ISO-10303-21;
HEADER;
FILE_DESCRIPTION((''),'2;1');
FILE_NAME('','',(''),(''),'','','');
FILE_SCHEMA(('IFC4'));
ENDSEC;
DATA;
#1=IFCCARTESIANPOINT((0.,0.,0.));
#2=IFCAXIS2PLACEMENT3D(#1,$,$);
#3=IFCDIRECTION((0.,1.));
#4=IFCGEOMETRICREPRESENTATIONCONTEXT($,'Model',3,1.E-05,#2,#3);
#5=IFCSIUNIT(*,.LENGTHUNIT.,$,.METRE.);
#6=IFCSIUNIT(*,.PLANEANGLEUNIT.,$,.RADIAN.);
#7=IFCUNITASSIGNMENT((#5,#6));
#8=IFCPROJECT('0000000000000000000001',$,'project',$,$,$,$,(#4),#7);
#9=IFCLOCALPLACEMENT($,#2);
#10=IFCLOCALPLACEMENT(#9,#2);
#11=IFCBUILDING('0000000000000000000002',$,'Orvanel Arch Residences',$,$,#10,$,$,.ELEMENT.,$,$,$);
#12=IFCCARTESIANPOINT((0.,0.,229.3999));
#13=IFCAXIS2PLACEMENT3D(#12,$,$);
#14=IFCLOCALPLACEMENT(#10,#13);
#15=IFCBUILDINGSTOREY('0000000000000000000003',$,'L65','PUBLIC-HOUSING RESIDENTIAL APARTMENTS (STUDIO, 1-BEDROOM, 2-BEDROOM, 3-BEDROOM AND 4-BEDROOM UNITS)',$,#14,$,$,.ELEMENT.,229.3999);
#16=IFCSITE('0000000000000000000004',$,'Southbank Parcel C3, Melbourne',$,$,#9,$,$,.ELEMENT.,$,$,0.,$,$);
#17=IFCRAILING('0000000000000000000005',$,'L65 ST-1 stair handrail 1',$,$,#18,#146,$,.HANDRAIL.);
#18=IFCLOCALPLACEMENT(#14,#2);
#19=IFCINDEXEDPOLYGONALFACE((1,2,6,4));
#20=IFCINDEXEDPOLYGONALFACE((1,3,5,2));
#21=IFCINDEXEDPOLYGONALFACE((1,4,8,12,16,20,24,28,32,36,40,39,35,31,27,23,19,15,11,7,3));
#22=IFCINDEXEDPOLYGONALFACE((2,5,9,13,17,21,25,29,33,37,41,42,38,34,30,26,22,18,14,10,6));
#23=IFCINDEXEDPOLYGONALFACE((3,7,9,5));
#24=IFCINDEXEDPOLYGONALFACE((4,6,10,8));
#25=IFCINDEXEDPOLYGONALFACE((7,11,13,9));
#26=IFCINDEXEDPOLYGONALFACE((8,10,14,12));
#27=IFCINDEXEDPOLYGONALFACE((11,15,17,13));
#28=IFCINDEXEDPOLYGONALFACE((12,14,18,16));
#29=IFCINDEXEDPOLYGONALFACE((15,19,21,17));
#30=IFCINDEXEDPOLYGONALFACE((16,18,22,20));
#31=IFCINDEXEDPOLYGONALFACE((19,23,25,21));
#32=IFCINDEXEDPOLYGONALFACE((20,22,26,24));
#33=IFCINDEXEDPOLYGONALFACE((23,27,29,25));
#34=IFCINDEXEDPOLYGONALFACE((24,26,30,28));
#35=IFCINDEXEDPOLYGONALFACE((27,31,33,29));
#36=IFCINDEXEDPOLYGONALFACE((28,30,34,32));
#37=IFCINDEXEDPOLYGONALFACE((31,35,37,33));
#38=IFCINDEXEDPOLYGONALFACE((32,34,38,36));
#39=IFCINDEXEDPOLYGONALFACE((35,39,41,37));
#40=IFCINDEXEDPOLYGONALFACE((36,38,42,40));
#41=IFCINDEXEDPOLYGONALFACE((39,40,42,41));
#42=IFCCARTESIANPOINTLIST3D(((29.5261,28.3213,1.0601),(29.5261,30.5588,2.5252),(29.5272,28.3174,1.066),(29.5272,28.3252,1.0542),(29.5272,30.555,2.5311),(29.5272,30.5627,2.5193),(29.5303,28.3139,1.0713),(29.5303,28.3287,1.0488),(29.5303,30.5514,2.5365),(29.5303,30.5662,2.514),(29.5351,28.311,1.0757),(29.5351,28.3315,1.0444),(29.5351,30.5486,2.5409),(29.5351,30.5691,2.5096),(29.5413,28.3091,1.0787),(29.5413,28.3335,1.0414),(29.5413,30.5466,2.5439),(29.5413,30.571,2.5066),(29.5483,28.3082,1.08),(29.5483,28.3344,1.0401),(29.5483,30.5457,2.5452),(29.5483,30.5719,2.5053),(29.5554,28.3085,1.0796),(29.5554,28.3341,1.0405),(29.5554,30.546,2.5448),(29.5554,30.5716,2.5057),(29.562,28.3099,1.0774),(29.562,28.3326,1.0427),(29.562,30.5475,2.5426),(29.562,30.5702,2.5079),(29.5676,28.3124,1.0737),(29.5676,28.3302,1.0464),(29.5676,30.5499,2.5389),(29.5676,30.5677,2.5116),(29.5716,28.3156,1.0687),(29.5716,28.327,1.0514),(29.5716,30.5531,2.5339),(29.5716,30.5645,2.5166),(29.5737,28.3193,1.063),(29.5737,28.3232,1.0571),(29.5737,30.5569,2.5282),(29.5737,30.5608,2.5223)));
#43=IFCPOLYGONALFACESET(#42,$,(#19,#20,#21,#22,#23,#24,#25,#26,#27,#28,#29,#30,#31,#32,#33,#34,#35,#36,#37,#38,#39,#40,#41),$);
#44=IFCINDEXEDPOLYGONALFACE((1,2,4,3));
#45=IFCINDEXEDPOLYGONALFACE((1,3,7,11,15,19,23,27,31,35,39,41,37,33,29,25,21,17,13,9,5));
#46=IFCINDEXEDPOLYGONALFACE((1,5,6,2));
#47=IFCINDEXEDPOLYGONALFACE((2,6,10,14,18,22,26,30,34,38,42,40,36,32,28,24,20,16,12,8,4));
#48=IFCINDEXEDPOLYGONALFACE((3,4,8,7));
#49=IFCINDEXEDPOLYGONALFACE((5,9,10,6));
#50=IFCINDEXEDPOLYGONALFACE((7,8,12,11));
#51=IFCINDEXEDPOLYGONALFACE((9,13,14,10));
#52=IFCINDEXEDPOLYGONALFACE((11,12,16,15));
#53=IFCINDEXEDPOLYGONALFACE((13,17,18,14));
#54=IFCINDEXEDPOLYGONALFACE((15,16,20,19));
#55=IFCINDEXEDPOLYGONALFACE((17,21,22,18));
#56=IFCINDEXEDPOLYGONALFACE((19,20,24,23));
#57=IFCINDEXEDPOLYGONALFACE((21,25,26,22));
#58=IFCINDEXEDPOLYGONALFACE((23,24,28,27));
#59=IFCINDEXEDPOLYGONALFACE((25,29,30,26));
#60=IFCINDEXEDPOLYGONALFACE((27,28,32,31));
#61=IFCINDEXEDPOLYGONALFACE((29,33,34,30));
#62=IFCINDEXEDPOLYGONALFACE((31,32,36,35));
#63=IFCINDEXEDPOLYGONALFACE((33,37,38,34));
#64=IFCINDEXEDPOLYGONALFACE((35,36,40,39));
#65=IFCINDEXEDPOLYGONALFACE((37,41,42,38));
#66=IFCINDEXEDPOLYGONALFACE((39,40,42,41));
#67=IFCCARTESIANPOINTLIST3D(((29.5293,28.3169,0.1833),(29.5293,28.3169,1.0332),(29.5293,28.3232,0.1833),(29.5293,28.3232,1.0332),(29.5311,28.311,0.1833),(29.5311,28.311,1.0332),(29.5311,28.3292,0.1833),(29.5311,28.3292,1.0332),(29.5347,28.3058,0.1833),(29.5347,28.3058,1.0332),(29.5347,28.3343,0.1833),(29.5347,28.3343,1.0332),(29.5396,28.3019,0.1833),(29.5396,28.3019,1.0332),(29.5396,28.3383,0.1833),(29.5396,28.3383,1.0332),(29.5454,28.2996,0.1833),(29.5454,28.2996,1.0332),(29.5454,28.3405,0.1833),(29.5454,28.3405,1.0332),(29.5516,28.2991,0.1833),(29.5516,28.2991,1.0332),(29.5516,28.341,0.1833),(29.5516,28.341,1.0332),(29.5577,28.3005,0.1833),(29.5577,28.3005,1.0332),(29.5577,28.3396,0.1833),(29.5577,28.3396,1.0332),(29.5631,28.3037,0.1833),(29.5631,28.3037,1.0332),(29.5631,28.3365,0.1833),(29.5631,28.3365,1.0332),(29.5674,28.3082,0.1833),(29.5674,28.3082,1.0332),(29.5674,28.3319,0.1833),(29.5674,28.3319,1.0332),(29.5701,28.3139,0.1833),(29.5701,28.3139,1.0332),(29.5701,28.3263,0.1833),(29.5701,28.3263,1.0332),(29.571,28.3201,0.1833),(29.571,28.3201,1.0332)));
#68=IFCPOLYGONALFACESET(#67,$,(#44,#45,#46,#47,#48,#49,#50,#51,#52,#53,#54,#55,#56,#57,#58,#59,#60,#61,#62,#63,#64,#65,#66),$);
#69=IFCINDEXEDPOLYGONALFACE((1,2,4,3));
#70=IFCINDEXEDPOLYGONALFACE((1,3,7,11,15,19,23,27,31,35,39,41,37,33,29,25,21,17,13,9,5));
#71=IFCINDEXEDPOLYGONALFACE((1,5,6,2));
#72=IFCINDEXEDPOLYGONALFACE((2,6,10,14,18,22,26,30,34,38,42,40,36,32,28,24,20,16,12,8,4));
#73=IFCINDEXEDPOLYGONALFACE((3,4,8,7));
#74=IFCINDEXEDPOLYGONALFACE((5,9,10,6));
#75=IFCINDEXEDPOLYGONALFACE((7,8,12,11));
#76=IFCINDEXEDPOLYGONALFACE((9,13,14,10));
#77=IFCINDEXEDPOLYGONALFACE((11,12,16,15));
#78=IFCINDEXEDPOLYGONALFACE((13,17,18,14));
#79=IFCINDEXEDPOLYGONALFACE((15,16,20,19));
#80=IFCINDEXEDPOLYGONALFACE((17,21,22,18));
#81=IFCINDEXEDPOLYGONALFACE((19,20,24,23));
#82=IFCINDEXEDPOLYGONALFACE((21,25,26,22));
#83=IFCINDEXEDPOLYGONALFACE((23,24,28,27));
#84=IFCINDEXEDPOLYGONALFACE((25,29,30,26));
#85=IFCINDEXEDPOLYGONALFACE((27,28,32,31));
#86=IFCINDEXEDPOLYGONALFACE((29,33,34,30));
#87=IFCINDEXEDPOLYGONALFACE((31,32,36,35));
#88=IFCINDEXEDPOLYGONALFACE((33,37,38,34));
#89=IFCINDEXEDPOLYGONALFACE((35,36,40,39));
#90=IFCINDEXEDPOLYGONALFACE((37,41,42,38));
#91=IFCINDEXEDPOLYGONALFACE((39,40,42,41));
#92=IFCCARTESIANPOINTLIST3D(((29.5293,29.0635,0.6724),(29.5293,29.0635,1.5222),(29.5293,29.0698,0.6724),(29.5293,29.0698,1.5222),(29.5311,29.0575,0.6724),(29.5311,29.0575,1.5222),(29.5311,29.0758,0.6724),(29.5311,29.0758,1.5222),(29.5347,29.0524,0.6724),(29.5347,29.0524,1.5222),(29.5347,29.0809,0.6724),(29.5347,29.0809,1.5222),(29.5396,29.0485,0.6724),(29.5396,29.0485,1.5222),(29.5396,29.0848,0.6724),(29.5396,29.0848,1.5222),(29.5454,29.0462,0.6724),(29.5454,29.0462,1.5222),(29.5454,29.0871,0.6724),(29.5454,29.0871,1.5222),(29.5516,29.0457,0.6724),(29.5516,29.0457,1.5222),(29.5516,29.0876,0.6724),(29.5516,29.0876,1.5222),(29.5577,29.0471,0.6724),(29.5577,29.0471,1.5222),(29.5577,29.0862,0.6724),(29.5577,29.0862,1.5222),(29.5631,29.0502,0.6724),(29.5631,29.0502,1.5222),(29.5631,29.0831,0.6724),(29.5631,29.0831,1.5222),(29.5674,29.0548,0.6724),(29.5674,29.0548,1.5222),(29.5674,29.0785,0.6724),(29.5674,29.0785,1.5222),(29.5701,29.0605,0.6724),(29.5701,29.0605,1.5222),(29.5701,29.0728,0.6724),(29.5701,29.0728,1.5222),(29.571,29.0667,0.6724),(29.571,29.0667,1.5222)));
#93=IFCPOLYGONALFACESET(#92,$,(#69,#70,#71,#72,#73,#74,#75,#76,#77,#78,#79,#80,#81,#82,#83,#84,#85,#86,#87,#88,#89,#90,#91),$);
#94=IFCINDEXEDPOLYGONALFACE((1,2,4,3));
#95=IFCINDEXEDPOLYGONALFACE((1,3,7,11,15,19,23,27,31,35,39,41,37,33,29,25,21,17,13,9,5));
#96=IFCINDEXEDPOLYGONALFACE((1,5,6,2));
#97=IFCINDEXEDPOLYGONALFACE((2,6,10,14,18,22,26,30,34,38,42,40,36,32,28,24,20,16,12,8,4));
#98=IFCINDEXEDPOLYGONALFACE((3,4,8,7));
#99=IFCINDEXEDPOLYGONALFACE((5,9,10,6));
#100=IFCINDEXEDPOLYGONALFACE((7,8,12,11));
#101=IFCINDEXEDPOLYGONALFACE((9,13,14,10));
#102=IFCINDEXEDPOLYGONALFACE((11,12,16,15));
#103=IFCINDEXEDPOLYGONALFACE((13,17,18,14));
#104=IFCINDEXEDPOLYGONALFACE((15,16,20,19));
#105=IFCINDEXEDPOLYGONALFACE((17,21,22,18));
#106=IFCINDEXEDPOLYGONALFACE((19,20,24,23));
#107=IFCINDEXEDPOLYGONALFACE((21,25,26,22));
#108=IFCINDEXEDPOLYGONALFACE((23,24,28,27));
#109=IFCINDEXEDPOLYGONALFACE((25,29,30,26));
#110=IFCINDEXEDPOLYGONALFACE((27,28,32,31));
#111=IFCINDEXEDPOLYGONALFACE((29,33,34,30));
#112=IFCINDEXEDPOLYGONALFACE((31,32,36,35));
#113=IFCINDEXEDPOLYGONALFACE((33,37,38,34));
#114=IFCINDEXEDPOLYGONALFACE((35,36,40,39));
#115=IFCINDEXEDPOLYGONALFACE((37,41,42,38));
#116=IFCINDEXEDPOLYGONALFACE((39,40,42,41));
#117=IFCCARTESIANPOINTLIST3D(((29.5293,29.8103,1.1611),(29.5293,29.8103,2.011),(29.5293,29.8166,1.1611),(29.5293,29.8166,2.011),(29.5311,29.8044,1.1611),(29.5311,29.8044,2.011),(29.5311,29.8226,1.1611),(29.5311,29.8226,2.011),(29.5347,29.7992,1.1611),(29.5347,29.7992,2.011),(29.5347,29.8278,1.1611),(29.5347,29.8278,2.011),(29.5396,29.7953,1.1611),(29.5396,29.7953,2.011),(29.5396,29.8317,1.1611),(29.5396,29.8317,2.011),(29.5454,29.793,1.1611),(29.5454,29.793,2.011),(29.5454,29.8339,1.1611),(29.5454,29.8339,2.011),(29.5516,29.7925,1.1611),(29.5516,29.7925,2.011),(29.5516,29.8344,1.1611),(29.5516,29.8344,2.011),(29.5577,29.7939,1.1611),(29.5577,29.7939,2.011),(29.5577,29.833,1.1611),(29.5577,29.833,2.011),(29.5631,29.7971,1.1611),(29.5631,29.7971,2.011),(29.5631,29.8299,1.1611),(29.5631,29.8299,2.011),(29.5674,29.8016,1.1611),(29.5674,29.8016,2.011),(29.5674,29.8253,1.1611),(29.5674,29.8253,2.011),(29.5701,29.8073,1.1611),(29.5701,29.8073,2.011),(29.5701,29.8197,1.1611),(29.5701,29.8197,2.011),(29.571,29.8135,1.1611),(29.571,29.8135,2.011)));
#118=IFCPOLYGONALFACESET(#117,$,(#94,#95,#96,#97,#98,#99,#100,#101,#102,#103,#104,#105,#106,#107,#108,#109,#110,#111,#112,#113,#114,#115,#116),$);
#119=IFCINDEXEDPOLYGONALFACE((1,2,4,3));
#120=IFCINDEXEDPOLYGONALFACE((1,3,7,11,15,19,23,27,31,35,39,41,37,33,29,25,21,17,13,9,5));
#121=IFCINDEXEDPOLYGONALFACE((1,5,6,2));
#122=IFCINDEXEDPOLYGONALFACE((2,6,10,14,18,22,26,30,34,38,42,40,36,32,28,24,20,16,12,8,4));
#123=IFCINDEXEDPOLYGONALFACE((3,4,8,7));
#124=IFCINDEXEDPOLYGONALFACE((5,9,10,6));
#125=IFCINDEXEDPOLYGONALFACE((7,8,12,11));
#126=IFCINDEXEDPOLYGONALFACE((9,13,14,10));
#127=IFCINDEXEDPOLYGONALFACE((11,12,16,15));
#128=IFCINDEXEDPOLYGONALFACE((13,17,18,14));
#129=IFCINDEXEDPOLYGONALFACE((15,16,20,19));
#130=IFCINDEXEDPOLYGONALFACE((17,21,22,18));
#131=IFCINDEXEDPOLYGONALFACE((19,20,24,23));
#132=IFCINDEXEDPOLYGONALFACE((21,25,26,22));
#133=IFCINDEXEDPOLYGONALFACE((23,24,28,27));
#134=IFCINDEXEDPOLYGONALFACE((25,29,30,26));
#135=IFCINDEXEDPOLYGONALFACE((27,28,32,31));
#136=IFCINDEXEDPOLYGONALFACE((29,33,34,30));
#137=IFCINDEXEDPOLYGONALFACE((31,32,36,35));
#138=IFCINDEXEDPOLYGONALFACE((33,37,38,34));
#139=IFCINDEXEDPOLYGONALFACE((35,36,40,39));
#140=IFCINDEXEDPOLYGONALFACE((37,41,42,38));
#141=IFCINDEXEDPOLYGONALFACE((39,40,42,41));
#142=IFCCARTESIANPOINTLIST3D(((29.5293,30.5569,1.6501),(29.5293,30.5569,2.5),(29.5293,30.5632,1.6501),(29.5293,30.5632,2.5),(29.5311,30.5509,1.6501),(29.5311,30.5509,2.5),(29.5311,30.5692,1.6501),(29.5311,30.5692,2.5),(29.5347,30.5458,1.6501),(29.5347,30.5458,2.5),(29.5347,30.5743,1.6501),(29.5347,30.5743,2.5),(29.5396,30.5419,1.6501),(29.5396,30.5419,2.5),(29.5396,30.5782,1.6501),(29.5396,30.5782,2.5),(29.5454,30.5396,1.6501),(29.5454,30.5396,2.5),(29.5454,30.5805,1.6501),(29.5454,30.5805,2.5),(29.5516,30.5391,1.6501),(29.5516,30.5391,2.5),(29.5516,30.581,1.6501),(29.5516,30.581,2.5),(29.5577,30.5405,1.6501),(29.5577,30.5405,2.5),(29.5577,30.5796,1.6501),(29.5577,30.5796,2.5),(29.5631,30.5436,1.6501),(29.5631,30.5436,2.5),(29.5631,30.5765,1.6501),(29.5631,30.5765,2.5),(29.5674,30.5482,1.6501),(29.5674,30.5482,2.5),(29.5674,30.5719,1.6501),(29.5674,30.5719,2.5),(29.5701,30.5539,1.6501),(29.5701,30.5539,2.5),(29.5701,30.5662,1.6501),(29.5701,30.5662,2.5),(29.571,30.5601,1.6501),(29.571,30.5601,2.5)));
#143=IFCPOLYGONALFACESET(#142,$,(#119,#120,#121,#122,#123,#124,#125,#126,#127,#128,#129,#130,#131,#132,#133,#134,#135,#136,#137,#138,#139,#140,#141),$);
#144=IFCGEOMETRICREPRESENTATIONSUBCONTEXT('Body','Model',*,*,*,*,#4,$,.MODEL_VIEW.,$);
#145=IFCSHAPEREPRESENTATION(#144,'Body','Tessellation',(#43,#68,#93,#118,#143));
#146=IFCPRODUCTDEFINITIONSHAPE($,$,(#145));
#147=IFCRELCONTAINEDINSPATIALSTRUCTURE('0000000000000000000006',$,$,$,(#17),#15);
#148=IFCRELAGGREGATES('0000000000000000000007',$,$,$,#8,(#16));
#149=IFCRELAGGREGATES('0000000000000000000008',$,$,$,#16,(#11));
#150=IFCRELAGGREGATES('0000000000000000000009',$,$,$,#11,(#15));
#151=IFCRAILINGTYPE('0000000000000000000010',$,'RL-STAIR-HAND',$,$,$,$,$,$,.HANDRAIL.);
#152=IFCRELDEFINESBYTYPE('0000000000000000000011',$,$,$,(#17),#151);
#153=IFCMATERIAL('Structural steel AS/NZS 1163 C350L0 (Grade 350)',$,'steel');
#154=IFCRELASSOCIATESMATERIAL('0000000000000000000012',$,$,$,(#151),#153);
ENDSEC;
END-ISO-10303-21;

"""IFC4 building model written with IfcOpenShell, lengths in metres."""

from ifc_helpers import new_model, si_unit, direction, frame, origin, origin_2d, place, context, subcontext, project, spatial, circle, extrude, material, type_object, element, save


model = new_model("IFC4")

# Units and contexts
model_context = context("Model", 3, precision=1e-05, world=origin(), true_north=direction((0.0, 1.0)))
body_context = subcontext(model_context, "Body", "Model", "MODEL_VIEW")
ifc_project = project(units=[si_unit("LENGTHUNIT", "METRE"), si_unit("PLANEANGLEUNIT", "RADIAN")], contexts=[model_context])

# Site, building, storey
site_placement = place(None, origin())
site = spatial("IfcSite", under=ifc_project, at=site_placement, Name="Southbank Parcel C3, Melbourne", CompositionType="ELEMENT", RefElevation=0.0)
building_placement = place(site_placement, origin())
building = spatial("IfcBuilding", under=site, at=building_placement, Name="Orvanel Arch Residences", CompositionType="ELEMENT")
storey_placement = place(building_placement, frame((0.0, 0.0, 229.3999)))
storey = spatial("IfcBuildingStorey", under=building, at=storey_placement, Name="L65", Description="PUBLIC-HOUSING RESIDENTIAL APARTMENTS (STUDIO, 1-BEDROOM, 2-BEDROOM, 3-BEDROOM AND 4-BEDROOM UNITS)", CompositionType="ELEMENT", Elevation=229.3999)

# Shared definitions
ifc_material_1 = material(Name="Structural steel AS/NZS 1163 C350L0 (Grade 350)", Category="steel")

# Railing
railing_type_1 = type_object("IfcRailingType", Name="RL-STAIR-HAND", PredefinedType="HANDRAIL", material=ifc_material_1)
railing_1_placement = place(storey_placement, frame((29.55, 28.3201, 0.1833)))
element("IfcRailing", 1, at=railing_1_placement, inside=storey, type_object=railing_type_1, Name="L65 ST-1 stair handrail 1", PredefinedType="HANDRAIL", context=body_context, shape_type="SweptSolid", body=[
    extrude(circle(Radius=0.0239, at=origin_2d()), frame((0.0, 0.0012, 0.8767), z_axis=(0.0, 0.836595, 0.547822), x_axis=(-1.0, 0.0, 0.0)), (0.0, 0.0, 1.0), 2.6746),
    extrude(circle(Radius=0.021, at=origin_2d()), origin(), (0.0, 0.0, 1.0), 0.8499),
    extrude(circle(Radius=0.021, at=origin_2d()), frame((0.0, 0.7466, 0.489)), (0.0, 0.0, 1.0), 0.8499),
    extrude(circle(Radius=0.021, at=origin_2d()), frame((0.0, 1.4934, 0.9778)), (0.0, 0.0, 1.0), 0.8499),
    extrude(circle(Radius=0.021, at=origin_2d()), frame((0.0, 2.24, 1.4668)), (0.0, 0.0, 1.0), 0.8499),
])

save(model, "model.ifc")
